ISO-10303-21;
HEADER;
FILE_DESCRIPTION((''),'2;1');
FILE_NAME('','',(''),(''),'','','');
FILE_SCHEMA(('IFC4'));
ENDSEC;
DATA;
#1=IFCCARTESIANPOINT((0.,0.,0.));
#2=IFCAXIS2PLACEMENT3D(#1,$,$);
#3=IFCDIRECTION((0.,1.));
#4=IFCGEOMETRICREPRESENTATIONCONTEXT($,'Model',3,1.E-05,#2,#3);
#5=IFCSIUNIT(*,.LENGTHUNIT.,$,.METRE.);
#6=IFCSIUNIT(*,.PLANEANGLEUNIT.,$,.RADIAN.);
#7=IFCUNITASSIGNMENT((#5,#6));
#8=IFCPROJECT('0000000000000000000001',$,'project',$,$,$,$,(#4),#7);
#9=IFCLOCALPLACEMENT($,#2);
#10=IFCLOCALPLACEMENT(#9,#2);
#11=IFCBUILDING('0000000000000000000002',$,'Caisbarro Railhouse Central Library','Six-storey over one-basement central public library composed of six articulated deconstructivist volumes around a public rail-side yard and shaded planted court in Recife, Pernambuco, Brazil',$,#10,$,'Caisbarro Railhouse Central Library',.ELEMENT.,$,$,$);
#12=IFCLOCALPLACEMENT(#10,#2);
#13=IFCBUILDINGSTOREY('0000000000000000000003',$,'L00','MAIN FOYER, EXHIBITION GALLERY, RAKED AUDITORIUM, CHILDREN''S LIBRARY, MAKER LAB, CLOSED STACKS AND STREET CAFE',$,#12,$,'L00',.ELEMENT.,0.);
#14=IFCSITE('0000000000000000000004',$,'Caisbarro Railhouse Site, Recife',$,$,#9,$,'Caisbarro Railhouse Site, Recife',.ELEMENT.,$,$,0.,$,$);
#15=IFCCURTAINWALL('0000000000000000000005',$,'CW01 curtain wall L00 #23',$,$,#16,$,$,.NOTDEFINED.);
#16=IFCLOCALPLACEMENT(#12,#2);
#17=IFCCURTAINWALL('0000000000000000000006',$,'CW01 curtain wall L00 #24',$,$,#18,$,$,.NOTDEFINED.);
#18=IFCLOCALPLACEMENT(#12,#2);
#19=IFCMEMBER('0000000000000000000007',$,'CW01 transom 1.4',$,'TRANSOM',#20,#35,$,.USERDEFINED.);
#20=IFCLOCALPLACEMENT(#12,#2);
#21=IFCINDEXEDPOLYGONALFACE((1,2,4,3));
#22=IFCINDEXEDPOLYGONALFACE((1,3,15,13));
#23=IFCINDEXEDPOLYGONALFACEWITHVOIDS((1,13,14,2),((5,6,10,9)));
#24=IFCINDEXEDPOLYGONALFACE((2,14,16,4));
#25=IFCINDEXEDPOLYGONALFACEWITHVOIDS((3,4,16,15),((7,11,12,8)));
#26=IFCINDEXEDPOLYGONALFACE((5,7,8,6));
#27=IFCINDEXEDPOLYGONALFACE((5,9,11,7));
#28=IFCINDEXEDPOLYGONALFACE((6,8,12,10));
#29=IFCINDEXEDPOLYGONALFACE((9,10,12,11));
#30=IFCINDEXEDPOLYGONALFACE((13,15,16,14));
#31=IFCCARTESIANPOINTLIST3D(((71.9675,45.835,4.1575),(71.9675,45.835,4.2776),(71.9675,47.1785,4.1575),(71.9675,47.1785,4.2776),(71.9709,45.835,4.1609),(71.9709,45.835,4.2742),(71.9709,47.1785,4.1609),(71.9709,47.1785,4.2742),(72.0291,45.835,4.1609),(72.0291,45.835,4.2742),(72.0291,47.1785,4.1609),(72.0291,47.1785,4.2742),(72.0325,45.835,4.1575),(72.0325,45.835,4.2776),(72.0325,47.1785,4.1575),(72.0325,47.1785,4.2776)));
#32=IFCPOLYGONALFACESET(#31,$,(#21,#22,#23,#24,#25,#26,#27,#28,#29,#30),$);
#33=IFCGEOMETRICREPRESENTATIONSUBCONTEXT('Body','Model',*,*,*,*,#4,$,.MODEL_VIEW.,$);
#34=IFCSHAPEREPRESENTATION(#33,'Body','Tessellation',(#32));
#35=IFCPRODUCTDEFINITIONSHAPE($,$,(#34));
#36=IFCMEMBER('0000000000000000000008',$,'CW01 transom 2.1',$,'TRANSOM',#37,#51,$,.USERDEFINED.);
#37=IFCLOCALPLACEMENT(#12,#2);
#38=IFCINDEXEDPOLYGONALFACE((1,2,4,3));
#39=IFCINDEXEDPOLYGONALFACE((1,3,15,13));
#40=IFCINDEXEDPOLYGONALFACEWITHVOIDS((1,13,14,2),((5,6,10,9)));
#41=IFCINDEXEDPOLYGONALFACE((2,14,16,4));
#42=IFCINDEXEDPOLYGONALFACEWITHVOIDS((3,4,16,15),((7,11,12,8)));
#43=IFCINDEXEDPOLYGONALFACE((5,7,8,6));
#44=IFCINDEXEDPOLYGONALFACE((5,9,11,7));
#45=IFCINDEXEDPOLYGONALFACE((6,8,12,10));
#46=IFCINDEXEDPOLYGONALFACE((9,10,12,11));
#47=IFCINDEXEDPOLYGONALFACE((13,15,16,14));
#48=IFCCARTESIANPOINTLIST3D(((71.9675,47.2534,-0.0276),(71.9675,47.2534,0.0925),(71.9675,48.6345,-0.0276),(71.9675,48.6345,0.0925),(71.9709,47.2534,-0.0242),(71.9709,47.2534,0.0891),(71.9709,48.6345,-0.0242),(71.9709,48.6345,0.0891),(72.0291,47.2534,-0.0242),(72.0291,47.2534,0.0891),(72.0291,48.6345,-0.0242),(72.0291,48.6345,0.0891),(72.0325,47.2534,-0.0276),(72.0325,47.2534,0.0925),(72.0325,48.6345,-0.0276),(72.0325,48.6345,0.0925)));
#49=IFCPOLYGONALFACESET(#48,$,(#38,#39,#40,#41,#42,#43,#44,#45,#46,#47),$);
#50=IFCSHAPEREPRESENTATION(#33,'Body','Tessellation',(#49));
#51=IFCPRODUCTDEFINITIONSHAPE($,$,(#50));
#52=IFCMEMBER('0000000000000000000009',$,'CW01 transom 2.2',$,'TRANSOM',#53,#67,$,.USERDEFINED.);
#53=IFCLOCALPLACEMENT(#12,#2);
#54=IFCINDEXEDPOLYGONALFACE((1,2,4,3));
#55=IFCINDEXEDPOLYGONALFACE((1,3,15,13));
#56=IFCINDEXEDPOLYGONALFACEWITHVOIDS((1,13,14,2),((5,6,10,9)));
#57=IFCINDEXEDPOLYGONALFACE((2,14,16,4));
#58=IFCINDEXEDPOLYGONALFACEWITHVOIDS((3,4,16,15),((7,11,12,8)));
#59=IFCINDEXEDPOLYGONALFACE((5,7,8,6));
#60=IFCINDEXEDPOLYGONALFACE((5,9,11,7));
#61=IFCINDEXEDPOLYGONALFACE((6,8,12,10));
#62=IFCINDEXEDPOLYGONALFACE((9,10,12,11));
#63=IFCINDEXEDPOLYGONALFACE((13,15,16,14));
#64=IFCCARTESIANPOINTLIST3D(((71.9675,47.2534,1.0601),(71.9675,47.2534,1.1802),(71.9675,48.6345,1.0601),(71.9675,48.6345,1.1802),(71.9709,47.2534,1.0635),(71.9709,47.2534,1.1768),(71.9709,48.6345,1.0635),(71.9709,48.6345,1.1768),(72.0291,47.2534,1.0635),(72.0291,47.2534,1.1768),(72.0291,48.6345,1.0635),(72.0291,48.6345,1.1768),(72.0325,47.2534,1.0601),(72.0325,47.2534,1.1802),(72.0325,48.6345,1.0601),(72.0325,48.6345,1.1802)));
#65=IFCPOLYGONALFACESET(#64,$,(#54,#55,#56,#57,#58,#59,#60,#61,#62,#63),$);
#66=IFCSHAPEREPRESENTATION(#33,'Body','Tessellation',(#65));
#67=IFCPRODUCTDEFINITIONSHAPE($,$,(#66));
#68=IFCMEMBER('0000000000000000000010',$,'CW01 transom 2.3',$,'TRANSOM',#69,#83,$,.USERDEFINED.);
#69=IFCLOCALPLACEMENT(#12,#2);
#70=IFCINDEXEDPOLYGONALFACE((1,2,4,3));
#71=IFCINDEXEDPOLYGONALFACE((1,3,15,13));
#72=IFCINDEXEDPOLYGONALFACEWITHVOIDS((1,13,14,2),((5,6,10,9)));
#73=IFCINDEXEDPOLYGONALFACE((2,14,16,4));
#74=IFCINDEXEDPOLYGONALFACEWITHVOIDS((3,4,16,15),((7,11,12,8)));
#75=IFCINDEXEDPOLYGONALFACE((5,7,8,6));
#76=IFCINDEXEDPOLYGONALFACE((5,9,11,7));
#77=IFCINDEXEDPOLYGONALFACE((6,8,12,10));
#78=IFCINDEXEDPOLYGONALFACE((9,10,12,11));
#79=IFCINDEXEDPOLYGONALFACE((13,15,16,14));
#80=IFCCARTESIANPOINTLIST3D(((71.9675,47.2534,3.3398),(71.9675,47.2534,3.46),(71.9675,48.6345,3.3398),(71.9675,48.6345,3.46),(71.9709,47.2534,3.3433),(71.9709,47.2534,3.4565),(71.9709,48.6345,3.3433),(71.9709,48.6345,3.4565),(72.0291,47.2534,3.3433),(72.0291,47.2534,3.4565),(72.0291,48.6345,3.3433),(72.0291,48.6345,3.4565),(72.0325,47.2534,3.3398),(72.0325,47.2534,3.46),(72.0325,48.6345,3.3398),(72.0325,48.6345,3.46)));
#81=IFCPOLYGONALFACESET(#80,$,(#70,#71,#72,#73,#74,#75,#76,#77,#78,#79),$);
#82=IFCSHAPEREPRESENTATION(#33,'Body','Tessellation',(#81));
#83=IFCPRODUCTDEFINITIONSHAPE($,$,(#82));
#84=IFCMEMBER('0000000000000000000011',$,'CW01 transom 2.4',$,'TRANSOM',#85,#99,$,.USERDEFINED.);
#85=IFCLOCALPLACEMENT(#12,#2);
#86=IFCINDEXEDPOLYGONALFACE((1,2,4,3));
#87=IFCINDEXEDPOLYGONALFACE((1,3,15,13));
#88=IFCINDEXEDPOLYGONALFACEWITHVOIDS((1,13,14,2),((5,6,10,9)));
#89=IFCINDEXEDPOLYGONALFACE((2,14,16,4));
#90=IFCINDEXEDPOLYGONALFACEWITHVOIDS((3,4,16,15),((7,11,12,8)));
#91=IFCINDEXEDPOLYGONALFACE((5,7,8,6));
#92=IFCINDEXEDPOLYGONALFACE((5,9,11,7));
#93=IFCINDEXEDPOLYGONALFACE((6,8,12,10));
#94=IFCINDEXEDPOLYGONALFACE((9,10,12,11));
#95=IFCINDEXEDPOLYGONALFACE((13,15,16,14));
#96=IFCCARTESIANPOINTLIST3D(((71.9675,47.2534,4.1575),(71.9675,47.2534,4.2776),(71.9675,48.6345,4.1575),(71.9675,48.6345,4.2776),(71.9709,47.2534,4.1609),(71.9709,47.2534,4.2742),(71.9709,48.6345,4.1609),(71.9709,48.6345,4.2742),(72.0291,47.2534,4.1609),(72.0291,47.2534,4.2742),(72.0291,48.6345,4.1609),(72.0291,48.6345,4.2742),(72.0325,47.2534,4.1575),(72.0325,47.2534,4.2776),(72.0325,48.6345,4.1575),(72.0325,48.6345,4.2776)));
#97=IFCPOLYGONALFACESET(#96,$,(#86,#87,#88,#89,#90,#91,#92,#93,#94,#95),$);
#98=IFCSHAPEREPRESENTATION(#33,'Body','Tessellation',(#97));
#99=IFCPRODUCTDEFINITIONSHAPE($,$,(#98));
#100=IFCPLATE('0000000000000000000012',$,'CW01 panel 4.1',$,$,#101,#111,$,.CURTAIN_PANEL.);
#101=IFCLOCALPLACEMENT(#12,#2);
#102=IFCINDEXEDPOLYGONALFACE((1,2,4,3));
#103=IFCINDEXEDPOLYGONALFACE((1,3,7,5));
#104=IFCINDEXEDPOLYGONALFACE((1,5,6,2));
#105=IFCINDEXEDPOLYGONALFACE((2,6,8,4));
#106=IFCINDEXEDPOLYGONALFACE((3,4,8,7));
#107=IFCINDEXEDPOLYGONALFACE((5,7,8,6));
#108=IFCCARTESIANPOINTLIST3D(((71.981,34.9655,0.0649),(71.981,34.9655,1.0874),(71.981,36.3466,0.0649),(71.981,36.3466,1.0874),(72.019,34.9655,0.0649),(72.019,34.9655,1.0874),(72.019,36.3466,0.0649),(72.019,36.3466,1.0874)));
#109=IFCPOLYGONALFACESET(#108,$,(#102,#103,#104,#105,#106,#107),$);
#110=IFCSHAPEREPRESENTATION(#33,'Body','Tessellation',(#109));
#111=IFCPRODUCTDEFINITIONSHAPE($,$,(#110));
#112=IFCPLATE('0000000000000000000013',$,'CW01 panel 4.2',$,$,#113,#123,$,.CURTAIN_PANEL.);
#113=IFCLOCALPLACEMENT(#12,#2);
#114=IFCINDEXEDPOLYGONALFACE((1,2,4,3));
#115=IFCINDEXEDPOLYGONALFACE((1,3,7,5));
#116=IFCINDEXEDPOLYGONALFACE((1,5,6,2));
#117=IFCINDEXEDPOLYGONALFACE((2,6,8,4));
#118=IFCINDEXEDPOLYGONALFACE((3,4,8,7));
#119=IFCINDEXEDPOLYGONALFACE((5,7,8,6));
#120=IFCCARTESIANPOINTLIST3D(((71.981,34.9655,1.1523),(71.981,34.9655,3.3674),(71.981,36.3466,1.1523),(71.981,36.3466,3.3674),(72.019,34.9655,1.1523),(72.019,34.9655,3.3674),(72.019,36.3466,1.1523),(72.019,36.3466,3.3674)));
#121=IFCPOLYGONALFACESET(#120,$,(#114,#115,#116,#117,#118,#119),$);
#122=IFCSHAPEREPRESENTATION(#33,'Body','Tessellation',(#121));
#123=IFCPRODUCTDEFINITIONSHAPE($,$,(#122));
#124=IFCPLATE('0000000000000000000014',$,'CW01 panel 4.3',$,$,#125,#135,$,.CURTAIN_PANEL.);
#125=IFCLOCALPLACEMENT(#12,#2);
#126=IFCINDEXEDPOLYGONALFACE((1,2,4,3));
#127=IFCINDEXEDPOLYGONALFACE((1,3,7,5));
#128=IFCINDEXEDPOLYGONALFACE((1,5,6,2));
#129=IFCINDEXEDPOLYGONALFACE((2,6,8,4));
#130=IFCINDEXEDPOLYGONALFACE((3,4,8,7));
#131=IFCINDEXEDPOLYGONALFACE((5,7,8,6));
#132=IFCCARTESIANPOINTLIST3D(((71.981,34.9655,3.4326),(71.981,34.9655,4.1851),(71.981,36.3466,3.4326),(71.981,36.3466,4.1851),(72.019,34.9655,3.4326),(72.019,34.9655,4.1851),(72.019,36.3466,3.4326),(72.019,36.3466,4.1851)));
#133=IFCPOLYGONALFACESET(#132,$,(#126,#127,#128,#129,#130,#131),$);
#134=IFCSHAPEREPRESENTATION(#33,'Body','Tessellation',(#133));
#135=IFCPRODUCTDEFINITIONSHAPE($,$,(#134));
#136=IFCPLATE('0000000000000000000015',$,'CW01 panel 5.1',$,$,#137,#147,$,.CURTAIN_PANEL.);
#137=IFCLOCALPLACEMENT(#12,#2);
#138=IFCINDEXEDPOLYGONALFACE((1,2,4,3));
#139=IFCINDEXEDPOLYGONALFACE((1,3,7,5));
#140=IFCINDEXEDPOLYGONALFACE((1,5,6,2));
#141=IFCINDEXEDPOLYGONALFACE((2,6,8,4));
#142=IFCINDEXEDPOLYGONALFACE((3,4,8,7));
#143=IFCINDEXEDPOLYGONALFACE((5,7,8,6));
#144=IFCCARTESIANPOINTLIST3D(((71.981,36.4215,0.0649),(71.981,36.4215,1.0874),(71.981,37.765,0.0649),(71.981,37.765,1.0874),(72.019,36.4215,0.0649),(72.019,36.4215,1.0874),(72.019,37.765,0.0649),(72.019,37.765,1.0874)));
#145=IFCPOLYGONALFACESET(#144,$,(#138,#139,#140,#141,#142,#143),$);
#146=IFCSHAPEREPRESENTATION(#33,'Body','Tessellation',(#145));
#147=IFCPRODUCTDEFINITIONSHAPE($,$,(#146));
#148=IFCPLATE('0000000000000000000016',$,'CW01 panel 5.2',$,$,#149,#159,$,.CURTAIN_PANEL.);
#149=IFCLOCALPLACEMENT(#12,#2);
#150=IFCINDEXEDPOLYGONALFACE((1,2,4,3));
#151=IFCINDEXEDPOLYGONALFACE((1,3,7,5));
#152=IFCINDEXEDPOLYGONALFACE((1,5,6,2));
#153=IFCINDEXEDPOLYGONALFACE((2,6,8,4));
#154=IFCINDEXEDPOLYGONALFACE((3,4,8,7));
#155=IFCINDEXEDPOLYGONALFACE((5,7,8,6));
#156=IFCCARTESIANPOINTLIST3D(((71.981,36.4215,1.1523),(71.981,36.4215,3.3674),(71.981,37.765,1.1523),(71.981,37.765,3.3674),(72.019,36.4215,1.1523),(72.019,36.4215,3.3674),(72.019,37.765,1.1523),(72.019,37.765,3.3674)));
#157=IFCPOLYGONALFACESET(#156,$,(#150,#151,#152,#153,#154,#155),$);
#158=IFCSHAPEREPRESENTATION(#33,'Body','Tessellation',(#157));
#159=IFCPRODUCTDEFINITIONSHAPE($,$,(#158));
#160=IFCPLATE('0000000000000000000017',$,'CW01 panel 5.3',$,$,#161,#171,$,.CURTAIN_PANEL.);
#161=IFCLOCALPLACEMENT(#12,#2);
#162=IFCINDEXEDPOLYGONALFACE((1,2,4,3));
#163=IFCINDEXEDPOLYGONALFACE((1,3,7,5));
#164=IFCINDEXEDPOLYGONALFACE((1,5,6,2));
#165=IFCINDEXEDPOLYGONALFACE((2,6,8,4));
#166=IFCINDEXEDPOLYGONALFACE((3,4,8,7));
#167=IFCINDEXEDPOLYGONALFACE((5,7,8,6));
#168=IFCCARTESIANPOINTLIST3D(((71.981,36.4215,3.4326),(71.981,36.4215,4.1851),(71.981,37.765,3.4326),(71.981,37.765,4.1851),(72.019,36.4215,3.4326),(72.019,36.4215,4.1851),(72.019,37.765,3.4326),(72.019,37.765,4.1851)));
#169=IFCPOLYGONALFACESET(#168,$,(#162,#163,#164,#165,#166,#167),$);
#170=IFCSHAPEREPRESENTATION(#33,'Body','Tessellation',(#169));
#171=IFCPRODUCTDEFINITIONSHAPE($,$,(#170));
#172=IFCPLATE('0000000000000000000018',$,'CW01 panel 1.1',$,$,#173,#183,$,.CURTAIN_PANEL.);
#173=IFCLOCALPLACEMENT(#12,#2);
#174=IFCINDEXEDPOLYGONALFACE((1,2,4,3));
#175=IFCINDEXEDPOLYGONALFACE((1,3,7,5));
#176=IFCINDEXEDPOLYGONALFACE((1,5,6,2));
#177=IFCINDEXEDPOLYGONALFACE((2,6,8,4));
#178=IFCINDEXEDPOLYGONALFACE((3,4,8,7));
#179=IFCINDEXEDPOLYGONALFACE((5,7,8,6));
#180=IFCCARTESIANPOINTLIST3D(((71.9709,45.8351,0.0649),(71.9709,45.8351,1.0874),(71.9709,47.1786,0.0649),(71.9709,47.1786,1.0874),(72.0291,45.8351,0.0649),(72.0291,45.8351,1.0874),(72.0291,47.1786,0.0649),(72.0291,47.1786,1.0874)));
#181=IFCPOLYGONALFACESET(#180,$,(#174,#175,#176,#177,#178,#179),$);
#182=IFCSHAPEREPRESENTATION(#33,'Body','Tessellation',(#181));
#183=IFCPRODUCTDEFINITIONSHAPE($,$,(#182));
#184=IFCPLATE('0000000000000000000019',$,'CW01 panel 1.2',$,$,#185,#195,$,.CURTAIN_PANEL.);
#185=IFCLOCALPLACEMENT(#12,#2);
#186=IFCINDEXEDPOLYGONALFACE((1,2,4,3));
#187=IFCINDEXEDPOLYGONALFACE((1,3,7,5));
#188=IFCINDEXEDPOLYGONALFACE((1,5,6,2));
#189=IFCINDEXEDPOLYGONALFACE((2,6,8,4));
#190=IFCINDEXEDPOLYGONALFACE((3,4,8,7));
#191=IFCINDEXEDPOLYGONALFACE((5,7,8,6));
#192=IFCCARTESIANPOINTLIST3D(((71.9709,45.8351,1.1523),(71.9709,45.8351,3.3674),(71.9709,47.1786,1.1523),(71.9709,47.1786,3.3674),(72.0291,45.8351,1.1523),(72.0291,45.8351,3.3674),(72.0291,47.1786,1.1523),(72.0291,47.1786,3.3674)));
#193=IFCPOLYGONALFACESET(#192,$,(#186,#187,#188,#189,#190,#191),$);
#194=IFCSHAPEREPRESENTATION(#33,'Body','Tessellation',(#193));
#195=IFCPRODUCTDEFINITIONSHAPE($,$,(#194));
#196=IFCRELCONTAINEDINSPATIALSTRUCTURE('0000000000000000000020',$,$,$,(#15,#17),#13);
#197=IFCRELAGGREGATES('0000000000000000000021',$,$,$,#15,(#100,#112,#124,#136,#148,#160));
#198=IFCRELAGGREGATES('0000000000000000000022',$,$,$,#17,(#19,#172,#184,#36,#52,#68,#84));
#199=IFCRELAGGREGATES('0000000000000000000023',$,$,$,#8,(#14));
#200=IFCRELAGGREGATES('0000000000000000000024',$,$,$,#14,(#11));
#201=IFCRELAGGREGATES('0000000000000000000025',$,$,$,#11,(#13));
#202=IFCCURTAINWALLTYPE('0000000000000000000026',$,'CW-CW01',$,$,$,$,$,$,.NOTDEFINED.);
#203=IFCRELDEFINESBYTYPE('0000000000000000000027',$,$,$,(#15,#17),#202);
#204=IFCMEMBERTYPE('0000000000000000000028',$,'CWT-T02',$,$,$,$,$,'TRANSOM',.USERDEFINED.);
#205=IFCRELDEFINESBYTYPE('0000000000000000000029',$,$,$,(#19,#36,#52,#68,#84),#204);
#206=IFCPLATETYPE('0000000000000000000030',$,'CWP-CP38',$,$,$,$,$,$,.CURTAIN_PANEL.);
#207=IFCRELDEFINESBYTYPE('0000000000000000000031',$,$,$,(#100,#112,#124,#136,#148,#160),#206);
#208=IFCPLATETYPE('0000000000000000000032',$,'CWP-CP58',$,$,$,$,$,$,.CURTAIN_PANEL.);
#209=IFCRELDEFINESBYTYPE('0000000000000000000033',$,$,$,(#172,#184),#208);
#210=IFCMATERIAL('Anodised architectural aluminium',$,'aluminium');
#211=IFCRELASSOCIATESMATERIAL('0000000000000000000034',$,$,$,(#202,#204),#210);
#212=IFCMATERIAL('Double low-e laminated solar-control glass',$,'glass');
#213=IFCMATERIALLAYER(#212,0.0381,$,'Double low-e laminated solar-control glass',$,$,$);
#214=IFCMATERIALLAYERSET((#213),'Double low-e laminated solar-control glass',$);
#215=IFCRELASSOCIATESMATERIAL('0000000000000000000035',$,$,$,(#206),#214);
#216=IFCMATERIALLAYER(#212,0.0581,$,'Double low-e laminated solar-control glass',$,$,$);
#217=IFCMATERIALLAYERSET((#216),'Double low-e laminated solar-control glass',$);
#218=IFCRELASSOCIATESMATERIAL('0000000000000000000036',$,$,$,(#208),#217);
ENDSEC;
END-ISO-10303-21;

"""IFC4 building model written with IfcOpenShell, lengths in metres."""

from ifc_helpers import new_model, si_unit, direction, frame, origin, origin_2d, place, context, subcontext, project, spatial, rectangle, hollow_rectangle, extrude, material, layer, layer_set, material_profile, profile_set, type_object, element, aggregate, save


model = new_model("IFC4")

# Units and contexts
model_context = context("Model", 3, precision=1e-05, world=origin(), true_north=direction((0.0, 1.0)))
body_context = subcontext(model_context, "Body", "Model", "MODEL_VIEW")
ifc_project = project(units=[si_unit("LENGTHUNIT", "METRE"), si_unit("PLANEANGLEUNIT", "RADIAN")], contexts=[model_context])

# Site, building, storey
site_placement = place(None, origin())
site = spatial("IfcSite", under=ifc_project, at=site_placement, Name="Caisbarro Railhouse Site, Recife", LongName="Caisbarro Railhouse Site, Recife", CompositionType="ELEMENT", RefElevation=0.0)
building_placement = place(site_placement, origin())
building = spatial("IfcBuilding", under=site, at=building_placement, Name="Caisbarro Railhouse Central Library", Description="Six-storey over one-basement central public library composed of six articulated deconstructivist volumes around a public rail-side yard and shaded planted court in Recife, Pernambuco, Brazil", LongName="Caisbarro Railhouse Central Library", CompositionType="ELEMENT")
storey_placement = place(building_placement, origin())
storey = spatial("IfcBuildingStorey", under=building, at=storey_placement, Name="L00", Description="MAIN FOYER, EXHIBITION GALLERY, RAKED AUDITORIUM, CHILDREN'S LIBRARY, MAKER LAB, CLOSED STACKS AND STREET CAFE", LongName="L00", CompositionType="ELEMENT", Elevation=0.0)

# Curtain walls
ifc_material_1 = material(Name="Anodised architectural aluminium", Category="aluminium")
curtain_wall_type = type_object("IfcCurtainWallType", Name="CW-CW01", PredefinedType="NOTDEFINED", material=ifc_material_1)
curtain_wall_1_placement = place(storey_placement, origin())
curtain_wall_1 = element("IfcCurtainWall", 1, at=curtain_wall_1_placement, inside=storey, type_object=curtain_wall_type, Name="CW01 curtain wall L00 #23", PredefinedType="NOTDEFINED")
curtain_wall_2_placement = place(storey_placement, origin())
curtain_wall_2 = element("IfcCurtainWall", 2, at=curtain_wall_2_placement, inside=storey, type_object=curtain_wall_type, Name="CW01 curtain wall L00 #24", PredefinedType="NOTDEFINED")

# Members
ifc_material_profile_1 = material_profile(ifc_material_1, hollow_rectangle(XDim=0.0649, YDim=0.1201, WallThickness=0.0034, at=origin_2d()), Name="ALU-TRN-65X120")
ifc_profile_set_1 = profile_set([ifc_material_profile_1], Name="Anodised architectural aluminium")
member_type_1 = type_object("IfcMemberType", Name="CWT-T02", ElementType="TRANSOM", PredefinedType="USERDEFINED", material=ifc_profile_set_1)
member_1_placement = place(storey_placement, frame((72.0, 45.835, 4.2175), z_axis=(0.0, 1.0, 0.0), x_axis=(-1.0, 0.0, 0.0)))
member_1 = element("IfcMember", 3, at=member_1_placement, type_object=member_type_1, Name="CW01 transom 1.4", ObjectType="TRANSOM", PredefinedType="USERDEFINED", context=body_context, shape_type="SweptSolid", body=[
    extrude(hollow_rectangle(XDim=0.0649, YDim=0.1201, WallThickness=0.0034, at=origin_2d()), origin(), (0.0, 0.0, 1.0), 1.3435),
])
member_2_placement = place(storey_placement, frame((72.0, 47.2534, 0.0325), z_axis=(0.0, 1.0, 0.0), x_axis=(-1.0, 0.0, 0.0)))
member_2 = element("IfcMember", 4, at=member_2_placement, type_object=member_type_1, Name="CW01 transom 2.1", ObjectType="TRANSOM", PredefinedType="USERDEFINED", context=body_context, shape_type="SweptSolid", body=[
    extrude(hollow_rectangle(XDim=0.0649, YDim=0.1201, WallThickness=0.0034, at=origin_2d()), origin(), (0.0, 0.0, 1.0), 1.3811),
])
member_3_placement = place(storey_placement, frame((72.0, 47.2534, 1.1201), z_axis=(0.0, 1.0, 0.0), x_axis=(-1.0, 0.0, 0.0)))
member_3 = element("IfcMember", 5, at=member_3_placement, type_object=member_type_1, Name="CW01 transom 2.2", ObjectType="TRANSOM", PredefinedType="USERDEFINED", context=body_context, shape_type="SweptSolid", body=[
    extrude(hollow_rectangle(XDim=0.0649, YDim=0.1201, WallThickness=0.0034, at=origin_2d()), origin(), (0.0, 0.0, 1.0), 1.3811),
])
member_4_placement = place(storey_placement, frame((72.0, 47.2534, 3.3999), z_axis=(0.0, 1.0, 0.0), x_axis=(-1.0, 0.0, 0.0)))
member_4 = element("IfcMember", 6, at=member_4_placement, type_object=member_type_1, Name="CW01 transom 2.3", ObjectType="TRANSOM", PredefinedType="USERDEFINED", context=body_context, shape_type="SweptSolid", body=[
    extrude(hollow_rectangle(XDim=0.0649, YDim=0.1201, WallThickness=0.0034, at=origin_2d()), origin(), (0.0, 0.0, 1.0), 1.3811),
])
member_5_placement = place(storey_placement, frame((72.0, 47.2534, 4.2175), z_axis=(0.0, 1.0, 0.0), x_axis=(-1.0, 0.0, 0.0)))
member_5 = element("IfcMember", 7, at=member_5_placement, type_object=member_type_1, Name="CW01 transom 2.4", ObjectType="TRANSOM", PredefinedType="USERDEFINED", context=body_context, shape_type="SweptSolid", body=[
    extrude(hollow_rectangle(XDim=0.0649, YDim=0.1201, WallThickness=0.0034, at=origin_2d()), origin(), (0.0, 0.0, 1.0), 1.3811),
])

# Plates
ifc_material_2 = material(Name="Double low-e laminated solar-control glass", Category="glass")
ifc_layer_1 = layer(ifc_material_2, 0.0381, Name="Double low-e laminated solar-control glass")
ifc_layer_set_1 = layer_set([ifc_layer_1], Name="Double low-e laminated solar-control glass")
plate_type_1 = type_object("IfcPlateType", Name="CWP-CP38", PredefinedType="CURTAIN_PANEL", material=ifc_layer_set_1)
plate_1_placement = place(storey_placement, frame((72.0, 35.656, 0.0649), z_axis=(0.0, 0.0, 1.0), x_axis=(0.0, 1.0, 0.0)))
plate_1 = element("IfcPlate", 8, at=plate_1_placement, type_object=plate_type_1, Name="CW01 panel 4.1", PredefinedType="CURTAIN_PANEL", context=body_context, shape_type="SweptSolid", body=[
    extrude(rectangle(XDim=1.3811, YDim=0.0381, at=origin_2d()), origin(), (0.0, 0.0, 1.0), 1.0225),
])
plate_2_placement = place(storey_placement, frame((72.0, 35.656, 1.1523), z_axis=(0.0, 0.0, 1.0), x_axis=(0.0, 1.0, 0.0)))
plate_2 = element("IfcPlate", 9, at=plate_2_placement, type_object=plate_type_1, Name="CW01 panel 4.2", PredefinedType="CURTAIN_PANEL", context=body_context, shape_type="SweptSolid", body=[
    extrude(rectangle(XDim=1.3811, YDim=0.0381, at=origin_2d()), origin(), (0.0, 0.0, 1.0), 2.2151),
])
plate_3_placement = place(storey_placement, frame((72.0, 35.656, 3.4326), z_axis=(0.0, 0.0, 1.0), x_axis=(0.0, 1.0, 0.0)))
plate_3 = element("IfcPlate", 10, at=plate_3_placement, type_object=plate_type_1, Name="CW01 panel 4.3", PredefinedType="CURTAIN_PANEL", context=body_context, shape_type="SweptSolid", body=[
    extrude(rectangle(XDim=1.3811, YDim=0.0381, at=origin_2d()), origin(), (0.0, 0.0, 1.0), 0.7524),
])
plate_4_placement = place(storey_placement, frame((72.0, 37.0933, 0.0649), z_axis=(0.0, 0.0, 1.0), x_axis=(0.0, 1.0, 0.0)))
plate_4 = element("IfcPlate", 11, at=plate_4_placement, type_object=plate_type_1, Name="CW01 panel 5.1", PredefinedType="CURTAIN_PANEL", context=body_context, shape_type="SweptSolid", body=[
    extrude(rectangle(XDim=1.3435, YDim=0.0381, at=origin_2d()), origin(), (0.0, 0.0, 1.0), 1.0225),
])
plate_5_placement = place(storey_placement, frame((72.0, 37.0933, 1.1523), z_axis=(0.0, 0.0, 1.0), x_axis=(0.0, 1.0, 0.0)))
plate_5 = element("IfcPlate", 12, at=plate_5_placement, type_object=plate_type_1, Name="CW01 panel 5.2", PredefinedType="CURTAIN_PANEL", context=body_context, shape_type="SweptSolid", body=[
    extrude(rectangle(XDim=1.3435, YDim=0.0381, at=origin_2d()), origin(), (0.0, 0.0, 1.0), 2.2151),
])
plate_6_placement = place(storey_placement, frame((72.0, 37.0933, 3.4326), z_axis=(0.0, 0.0, 1.0), x_axis=(0.0, 1.0, 0.0)))
plate_6 = element("IfcPlate", 13, at=plate_6_placement, type_object=plate_type_1, Name="CW01 panel 5.3", PredefinedType="CURTAIN_PANEL", context=body_context, shape_type="SweptSolid", body=[
    extrude(rectangle(XDim=1.3435, YDim=0.0381, at=origin_2d()), origin(), (0.0, 0.0, 1.0), 0.7524),
])
aggregate(curtain_wall_1, [plate_1, plate_2, plate_3, plate_4, plate_5, plate_6])
ifc_layer_2 = layer(ifc_material_2, 0.0581, Name="Double low-e laminated solar-control glass")
ifc_layer_set_2 = layer_set([ifc_layer_2], Name="Double low-e laminated solar-control glass")
plate_type_2 = type_object("IfcPlateType", Name="CWP-CP58", PredefinedType="CURTAIN_PANEL", material=ifc_layer_set_2)
plate_7_placement = place(storey_placement, frame((72.0, 46.5068, 0.0649), z_axis=(0.0, 0.0, 1.0), x_axis=(0.0, 1.0, 0.0)))
plate_7 = element("IfcPlate", 14, at=plate_7_placement, type_object=plate_type_2, Name="CW01 panel 1.1", PredefinedType="CURTAIN_PANEL", context=body_context, shape_type="SweptSolid", body=[
    extrude(rectangle(XDim=1.3435, YDim=0.0581, at=origin_2d()), origin(), (0.0, 0.0, 1.0), 1.0225),
])
plate_8_placement = place(storey_placement, frame((72.0, 46.5068, 1.1523), z_axis=(0.0, 0.0, 1.0), x_axis=(0.0, 1.0, 0.0)))
plate_8 = element("IfcPlate", 15, at=plate_8_placement, type_object=plate_type_2, Name="CW01 panel 1.2", PredefinedType="CURTAIN_PANEL", context=body_context, shape_type="SweptSolid", body=[
    extrude(rectangle(XDim=1.3435, YDim=0.0581, at=origin_2d()), origin(), (0.0, 0.0, 1.0), 2.2151),
])
aggregate(curtain_wall_2, [member_1, plate_7, plate_8, member_2, member_3, member_4, member_5])

save(model, "model.ifc")
